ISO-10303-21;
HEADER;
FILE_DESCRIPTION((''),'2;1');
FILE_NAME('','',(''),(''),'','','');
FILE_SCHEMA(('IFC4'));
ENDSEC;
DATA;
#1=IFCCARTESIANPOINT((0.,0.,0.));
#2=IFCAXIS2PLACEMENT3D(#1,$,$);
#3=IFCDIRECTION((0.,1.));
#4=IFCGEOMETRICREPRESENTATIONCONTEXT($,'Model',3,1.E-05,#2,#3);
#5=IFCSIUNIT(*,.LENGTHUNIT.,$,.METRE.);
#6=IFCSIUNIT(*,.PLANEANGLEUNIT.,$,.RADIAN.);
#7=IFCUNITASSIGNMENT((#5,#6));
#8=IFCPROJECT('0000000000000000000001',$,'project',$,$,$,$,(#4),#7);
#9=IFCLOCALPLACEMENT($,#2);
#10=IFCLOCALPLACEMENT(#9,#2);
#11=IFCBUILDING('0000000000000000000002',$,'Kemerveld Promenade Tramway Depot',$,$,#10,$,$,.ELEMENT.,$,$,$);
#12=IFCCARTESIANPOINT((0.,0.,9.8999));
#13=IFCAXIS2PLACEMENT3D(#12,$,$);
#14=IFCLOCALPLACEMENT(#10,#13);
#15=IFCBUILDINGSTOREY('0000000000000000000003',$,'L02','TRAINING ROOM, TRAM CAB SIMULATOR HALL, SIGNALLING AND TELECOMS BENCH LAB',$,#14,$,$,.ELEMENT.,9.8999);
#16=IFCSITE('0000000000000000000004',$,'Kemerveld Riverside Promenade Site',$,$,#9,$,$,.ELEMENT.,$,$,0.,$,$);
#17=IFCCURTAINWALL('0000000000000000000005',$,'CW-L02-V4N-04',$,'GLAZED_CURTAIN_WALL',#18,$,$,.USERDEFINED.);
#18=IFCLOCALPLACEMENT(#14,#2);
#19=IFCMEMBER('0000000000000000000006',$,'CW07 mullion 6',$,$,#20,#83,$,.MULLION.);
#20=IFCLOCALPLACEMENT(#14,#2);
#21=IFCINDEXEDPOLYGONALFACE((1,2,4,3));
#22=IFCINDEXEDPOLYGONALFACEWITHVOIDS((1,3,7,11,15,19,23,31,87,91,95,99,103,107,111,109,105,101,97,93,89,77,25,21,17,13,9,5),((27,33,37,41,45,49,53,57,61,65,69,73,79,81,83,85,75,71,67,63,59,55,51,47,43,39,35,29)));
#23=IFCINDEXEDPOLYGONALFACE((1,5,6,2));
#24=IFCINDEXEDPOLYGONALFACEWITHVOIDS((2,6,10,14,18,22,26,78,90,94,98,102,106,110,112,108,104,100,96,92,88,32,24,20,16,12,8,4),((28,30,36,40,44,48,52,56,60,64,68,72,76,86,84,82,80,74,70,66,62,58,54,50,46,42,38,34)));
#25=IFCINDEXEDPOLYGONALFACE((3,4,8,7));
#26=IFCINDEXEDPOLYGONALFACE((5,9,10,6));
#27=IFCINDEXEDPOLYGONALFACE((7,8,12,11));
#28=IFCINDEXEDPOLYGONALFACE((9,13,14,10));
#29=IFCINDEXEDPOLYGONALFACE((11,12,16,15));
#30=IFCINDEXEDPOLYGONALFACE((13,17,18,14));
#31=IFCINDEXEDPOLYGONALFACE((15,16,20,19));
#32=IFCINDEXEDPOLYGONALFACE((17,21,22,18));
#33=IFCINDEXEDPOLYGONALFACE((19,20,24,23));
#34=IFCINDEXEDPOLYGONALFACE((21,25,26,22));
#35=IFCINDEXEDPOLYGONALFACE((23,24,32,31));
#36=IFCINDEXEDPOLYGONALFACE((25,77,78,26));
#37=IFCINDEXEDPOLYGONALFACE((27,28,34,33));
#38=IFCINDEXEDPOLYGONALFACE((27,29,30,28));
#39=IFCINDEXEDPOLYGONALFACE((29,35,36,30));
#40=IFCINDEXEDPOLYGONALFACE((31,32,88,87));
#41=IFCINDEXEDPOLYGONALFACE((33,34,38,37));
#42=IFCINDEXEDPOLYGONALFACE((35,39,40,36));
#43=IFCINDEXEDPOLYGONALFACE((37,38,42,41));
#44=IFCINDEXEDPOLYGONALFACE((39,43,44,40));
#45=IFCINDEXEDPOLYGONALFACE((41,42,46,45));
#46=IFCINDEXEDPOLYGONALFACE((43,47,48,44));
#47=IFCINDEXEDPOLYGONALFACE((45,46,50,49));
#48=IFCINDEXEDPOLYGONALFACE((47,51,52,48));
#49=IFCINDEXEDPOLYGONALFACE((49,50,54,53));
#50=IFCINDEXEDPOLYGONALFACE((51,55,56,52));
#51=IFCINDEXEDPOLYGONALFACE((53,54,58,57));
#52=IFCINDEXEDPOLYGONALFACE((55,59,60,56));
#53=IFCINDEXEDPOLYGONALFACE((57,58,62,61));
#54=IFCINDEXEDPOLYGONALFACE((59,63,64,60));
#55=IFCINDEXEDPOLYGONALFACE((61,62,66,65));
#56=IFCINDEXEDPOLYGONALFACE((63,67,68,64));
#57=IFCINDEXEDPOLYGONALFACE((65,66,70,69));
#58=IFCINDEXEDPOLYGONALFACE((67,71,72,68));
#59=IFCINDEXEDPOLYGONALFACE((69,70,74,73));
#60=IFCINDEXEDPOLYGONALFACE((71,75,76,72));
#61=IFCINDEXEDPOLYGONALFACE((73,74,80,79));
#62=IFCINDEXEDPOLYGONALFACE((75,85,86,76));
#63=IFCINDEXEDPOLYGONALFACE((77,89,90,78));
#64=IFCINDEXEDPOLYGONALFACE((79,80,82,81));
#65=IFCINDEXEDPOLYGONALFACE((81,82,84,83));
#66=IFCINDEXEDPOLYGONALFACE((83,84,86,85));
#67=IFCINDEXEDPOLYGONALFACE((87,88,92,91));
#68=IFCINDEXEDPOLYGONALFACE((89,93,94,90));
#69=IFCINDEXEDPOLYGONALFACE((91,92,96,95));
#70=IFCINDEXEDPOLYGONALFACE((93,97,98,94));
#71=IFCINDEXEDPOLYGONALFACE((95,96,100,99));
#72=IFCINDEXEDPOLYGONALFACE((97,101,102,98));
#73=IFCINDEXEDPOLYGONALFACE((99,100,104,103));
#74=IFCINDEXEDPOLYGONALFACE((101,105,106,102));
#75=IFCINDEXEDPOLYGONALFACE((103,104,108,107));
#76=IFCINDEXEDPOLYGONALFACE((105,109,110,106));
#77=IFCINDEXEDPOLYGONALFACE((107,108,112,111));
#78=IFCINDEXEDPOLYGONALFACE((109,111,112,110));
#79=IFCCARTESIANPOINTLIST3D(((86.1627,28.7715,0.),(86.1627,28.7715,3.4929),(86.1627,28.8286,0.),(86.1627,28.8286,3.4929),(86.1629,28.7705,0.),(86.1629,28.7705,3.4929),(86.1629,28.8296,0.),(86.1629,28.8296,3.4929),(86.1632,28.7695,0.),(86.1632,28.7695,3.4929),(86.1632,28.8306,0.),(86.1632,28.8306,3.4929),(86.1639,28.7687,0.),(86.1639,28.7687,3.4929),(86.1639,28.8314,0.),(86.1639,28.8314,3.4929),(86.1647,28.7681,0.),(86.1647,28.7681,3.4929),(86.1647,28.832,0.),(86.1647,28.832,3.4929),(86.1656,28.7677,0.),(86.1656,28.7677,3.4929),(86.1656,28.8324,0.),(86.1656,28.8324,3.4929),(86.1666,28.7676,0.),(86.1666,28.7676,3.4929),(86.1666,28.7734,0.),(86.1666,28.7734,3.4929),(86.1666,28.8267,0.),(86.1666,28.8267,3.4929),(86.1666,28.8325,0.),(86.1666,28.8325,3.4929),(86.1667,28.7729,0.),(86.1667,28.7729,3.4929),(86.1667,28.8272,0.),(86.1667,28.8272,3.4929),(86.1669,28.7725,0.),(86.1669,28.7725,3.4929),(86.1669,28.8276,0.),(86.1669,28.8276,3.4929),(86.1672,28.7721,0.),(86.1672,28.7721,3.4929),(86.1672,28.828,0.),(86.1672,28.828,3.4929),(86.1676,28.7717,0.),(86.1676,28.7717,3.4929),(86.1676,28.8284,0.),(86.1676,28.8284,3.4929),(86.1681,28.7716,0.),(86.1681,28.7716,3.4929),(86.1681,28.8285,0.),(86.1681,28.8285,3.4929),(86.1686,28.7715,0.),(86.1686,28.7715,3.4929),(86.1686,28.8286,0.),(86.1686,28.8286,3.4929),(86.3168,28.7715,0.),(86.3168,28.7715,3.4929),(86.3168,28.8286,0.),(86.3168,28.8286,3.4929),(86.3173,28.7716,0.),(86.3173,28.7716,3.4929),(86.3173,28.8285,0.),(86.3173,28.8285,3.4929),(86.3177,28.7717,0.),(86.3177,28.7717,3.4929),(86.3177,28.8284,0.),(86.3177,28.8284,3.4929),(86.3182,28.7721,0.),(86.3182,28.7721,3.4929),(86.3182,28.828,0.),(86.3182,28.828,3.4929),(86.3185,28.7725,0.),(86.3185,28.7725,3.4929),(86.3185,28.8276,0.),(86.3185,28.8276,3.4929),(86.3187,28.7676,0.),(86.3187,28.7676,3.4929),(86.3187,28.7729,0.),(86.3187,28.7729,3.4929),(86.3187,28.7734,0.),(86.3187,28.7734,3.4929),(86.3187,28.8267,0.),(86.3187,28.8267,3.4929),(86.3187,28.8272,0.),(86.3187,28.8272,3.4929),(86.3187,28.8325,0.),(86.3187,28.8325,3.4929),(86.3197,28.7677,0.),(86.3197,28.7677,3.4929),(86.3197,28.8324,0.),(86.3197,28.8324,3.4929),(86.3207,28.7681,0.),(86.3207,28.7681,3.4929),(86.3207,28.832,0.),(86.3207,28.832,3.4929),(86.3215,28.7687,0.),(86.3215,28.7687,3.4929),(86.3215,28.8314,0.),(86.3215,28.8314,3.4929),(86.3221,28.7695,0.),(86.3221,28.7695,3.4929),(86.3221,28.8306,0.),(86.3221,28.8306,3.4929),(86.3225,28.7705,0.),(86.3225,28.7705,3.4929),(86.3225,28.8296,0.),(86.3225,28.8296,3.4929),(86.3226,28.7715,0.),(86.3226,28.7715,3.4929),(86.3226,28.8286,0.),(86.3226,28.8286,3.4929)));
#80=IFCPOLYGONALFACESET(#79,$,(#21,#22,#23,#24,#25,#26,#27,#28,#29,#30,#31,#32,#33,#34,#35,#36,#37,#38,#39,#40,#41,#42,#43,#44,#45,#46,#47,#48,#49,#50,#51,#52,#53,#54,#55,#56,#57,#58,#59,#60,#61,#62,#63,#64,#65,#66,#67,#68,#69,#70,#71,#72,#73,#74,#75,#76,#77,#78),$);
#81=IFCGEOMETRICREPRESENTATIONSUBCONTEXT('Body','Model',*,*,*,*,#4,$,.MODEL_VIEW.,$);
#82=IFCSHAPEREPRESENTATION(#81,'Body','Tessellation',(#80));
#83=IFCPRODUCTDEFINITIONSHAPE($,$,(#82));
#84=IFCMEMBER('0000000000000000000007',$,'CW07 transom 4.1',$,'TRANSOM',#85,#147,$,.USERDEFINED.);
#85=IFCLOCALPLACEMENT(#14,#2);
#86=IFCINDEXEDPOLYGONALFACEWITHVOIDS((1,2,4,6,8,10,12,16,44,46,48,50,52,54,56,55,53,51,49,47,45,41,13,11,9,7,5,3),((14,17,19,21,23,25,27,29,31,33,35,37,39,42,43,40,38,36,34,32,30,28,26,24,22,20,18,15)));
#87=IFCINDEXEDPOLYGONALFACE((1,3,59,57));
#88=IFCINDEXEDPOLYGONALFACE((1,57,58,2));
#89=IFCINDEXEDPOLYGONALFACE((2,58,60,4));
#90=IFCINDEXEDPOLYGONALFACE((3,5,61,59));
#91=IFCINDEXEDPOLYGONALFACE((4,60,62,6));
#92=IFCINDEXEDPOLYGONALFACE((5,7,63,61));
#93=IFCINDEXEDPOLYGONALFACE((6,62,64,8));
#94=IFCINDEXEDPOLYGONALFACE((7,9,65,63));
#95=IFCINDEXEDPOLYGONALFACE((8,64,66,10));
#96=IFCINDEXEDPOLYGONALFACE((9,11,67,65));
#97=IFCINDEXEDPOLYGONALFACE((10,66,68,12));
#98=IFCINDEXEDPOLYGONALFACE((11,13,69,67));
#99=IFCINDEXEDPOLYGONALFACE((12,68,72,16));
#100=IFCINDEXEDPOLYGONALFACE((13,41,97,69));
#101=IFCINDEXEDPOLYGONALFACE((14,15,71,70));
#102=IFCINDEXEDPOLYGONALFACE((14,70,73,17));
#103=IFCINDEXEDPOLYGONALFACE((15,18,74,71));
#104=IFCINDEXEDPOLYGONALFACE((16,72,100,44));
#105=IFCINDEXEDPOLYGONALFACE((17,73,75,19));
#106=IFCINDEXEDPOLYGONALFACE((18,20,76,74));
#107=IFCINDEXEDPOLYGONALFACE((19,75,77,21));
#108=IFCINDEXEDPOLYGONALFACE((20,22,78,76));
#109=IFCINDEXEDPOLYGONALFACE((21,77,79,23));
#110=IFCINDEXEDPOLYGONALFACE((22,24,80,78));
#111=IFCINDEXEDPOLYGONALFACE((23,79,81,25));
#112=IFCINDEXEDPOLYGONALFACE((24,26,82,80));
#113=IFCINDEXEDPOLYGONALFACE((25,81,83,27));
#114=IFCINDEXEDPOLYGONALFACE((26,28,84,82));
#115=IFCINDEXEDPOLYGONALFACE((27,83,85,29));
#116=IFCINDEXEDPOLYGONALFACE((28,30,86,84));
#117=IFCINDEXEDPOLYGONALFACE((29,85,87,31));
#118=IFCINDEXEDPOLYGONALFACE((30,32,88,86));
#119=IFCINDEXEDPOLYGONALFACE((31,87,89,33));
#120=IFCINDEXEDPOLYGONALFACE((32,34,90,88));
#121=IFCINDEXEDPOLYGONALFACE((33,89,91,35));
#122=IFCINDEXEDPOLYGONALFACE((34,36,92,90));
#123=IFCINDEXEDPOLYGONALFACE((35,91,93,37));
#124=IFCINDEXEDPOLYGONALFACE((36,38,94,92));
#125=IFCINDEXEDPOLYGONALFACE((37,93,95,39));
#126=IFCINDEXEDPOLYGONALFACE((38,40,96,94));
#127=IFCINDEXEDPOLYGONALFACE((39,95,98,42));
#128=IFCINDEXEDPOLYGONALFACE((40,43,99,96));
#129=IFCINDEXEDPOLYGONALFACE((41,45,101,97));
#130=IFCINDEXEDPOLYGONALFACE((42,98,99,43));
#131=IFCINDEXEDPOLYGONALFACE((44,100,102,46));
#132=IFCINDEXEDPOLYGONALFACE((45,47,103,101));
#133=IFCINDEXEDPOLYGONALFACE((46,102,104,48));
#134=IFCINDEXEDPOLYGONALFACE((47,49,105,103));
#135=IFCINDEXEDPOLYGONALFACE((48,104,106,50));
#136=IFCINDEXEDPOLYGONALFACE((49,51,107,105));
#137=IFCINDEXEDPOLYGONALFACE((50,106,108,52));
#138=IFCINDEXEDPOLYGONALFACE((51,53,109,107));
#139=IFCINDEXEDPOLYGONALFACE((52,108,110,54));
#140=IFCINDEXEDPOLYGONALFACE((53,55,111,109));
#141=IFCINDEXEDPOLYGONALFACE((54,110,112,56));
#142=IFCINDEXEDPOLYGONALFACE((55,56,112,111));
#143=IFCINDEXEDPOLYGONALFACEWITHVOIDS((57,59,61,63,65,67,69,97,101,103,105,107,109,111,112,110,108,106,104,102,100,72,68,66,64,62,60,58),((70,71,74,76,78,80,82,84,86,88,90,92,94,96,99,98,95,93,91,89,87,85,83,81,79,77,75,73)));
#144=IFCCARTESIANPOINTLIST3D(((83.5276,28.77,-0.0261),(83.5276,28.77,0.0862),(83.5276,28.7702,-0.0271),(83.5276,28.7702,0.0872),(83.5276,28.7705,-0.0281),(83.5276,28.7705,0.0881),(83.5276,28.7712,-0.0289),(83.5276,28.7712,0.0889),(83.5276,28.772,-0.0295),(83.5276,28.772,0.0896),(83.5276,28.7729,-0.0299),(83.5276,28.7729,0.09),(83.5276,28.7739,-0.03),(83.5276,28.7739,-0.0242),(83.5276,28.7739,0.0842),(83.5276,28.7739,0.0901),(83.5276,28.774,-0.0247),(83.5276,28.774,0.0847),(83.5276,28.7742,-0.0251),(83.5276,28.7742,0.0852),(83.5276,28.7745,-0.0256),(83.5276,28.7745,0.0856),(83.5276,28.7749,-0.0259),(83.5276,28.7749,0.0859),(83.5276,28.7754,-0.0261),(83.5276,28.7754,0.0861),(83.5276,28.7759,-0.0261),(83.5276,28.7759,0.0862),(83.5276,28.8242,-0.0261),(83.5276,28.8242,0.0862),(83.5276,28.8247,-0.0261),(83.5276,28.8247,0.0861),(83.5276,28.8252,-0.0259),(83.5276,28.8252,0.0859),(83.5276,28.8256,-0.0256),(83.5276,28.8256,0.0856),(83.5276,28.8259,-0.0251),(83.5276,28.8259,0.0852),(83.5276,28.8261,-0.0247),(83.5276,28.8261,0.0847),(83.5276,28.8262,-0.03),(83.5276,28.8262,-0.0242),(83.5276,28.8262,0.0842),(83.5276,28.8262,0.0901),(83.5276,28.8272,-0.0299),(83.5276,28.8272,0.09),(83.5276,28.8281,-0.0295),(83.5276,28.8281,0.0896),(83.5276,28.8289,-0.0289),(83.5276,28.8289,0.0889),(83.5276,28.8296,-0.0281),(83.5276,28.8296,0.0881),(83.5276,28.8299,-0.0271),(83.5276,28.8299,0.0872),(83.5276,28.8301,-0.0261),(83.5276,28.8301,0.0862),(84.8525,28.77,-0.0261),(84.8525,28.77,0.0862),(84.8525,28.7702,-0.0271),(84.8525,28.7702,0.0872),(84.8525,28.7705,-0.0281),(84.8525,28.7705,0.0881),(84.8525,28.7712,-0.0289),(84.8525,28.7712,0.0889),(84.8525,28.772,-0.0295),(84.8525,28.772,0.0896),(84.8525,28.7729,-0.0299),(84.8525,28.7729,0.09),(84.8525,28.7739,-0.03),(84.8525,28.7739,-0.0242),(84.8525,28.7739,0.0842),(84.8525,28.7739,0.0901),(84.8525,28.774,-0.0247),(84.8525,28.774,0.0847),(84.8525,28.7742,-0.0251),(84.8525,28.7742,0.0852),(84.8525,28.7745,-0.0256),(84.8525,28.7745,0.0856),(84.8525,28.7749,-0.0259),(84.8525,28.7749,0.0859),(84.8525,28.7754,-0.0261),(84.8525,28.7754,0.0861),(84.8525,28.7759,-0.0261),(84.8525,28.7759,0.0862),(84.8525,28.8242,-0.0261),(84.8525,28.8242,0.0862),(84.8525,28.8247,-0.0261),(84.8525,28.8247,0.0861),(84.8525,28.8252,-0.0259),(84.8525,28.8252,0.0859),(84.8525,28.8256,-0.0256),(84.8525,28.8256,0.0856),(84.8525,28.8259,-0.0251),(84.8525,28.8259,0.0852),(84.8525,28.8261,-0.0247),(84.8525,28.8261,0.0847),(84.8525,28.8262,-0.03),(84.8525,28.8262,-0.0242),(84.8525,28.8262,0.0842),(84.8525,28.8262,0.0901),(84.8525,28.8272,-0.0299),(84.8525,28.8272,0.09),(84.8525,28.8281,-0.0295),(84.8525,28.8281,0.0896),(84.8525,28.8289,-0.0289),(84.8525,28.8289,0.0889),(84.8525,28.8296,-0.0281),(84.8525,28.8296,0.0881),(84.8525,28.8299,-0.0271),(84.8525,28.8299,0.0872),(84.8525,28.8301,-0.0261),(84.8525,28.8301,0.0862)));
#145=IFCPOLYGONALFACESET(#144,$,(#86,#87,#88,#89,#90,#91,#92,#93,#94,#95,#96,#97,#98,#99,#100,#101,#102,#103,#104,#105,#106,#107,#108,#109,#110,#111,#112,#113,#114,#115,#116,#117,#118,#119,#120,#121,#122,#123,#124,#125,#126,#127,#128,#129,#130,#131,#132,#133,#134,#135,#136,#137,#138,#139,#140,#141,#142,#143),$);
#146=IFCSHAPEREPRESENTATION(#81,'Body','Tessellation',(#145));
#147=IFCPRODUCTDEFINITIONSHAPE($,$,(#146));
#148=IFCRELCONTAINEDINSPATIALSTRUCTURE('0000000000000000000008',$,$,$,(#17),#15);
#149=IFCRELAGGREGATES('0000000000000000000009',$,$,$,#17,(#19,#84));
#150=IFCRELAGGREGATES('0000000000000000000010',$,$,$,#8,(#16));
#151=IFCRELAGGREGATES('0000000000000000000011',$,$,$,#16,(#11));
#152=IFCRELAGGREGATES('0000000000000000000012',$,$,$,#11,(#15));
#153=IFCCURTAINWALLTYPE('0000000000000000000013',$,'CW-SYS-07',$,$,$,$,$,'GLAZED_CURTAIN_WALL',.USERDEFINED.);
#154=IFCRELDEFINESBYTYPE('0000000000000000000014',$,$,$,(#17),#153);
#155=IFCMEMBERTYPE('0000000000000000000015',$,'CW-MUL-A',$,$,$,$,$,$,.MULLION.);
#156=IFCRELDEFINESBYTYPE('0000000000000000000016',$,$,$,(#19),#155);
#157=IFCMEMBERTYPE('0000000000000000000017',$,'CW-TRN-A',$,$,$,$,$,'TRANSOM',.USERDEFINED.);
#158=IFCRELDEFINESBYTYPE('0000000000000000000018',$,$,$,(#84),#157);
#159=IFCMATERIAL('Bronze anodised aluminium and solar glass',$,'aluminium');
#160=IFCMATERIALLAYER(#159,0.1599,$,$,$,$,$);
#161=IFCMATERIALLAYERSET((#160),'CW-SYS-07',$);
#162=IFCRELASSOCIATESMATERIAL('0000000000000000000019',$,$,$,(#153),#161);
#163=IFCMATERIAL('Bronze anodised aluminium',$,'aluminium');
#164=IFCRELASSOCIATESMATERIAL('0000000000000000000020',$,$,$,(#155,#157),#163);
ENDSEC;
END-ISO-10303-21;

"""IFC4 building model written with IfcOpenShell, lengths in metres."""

from ifc_helpers import new_model, si_unit, direction, frame, origin, origin_2d, place, context, subcontext, project, spatial, hollow_rectangle, extrude, material, layer, layer_set, material_profile, profile_set, type_object, element, aggregate, save


model = new_model("IFC4")

# Units and contexts
model_context = context("Model", 3, precision=1e-05, world=origin(), true_north=direction((0.0, 1.0)))
body_context = subcontext(model_context, "Body", "Model", "MODEL_VIEW")
ifc_project = project(units=[si_unit("LENGTHUNIT", "METRE"), si_unit("PLANEANGLEUNIT", "RADIAN")], contexts=[model_context])

# Site, building, storey
site_placement = place(None, origin())
site = spatial("IfcSite", under=ifc_project, at=site_placement, Name="Kemerveld Riverside Promenade Site", CompositionType="ELEMENT", RefElevation=0.0)
building_placement = place(site_placement, origin())
building = spatial("IfcBuilding", under=site, at=building_placement, Name="Kemerveld Promenade Tramway Depot", CompositionType="ELEMENT")
storey_placement = place(building_placement, frame((0.0, 0.0, 9.8999)))
storey = spatial("IfcBuildingStorey", under=building, at=storey_placement, Name="L02", Description="TRAINING ROOM, TRAM CAB SIMULATOR HALL, SIGNALLING AND TELECOMS BENCH LAB", CompositionType="ELEMENT", Elevation=9.8999)

# Curtain wall, members
ifc_material_1 = material(Name="Bronze anodised aluminium and solar glass", Category="aluminium")
ifc_layer_1 = layer(ifc_material_1, 0.1599)
ifc_layer_set_1 = layer_set([ifc_layer_1], Name="CW-SYS-07")
curtain_wall_type = type_object("IfcCurtainWallType", Name="CW-SYS-07", ElementType="GLAZED_CURTAIN_WALL", PredefinedType="USERDEFINED", material=ifc_layer_set_1)
curtain_wall_placement = place(storey_placement, origin())
curtain_wall = element("IfcCurtainWall", 1, at=curtain_wall_placement, inside=storey, type_object=curtain_wall_type, Name="CW-L02-V4N-04", ObjectType="GLAZED_CURTAIN_WALL", PredefinedType="USERDEFINED")
ifc_material_2 = material(Name="Bronze anodised aluminium", Category="aluminium")
ifc_material_profile_1 = material_profile(ifc_material_2, hollow_rectangle(XDim=0.0649, YDim=0.1599, WallThickness=0.0039, InnerFilletRadius=0.002, OuterFilletRadius=0.0039, at=origin_2d()), Name="CW-MUL-160x65")
ifc_profile_set_1 = profile_set([ifc_material_profile_1], Name="Bronze anodised aluminium")
member_type_1 = type_object("IfcMemberType", Name="CW-MUL-A", PredefinedType="MULLION", material=ifc_profile_set_1)
member_1_placement = place(storey_placement, frame((86.2427, 28.8, 0.0), z_axis=(0.0, 0.0, 1.0), x_axis=(0.0, 1.0, 0.0)))
member_1 = element("IfcMember", 2, at=member_1_placement, type_object=member_type_1, Name="CW07 mullion 6", PredefinedType="MULLION", context=body_context, shape_type="SweptSolid", body=[
    extrude(hollow_rectangle(XDim=0.0649, YDim=0.1599, WallThickness=0.0039, InnerFilletRadius=0.002, OuterFilletRadius=0.0039, at=origin_2d()), origin(), (0.0, 0.0, 1.0), 3.4929),
])
ifc_material_profile_2 = material_profile(ifc_material_2, hollow_rectangle(XDim=0.0601, YDim=0.1201, WallThickness=0.0039, InnerFilletRadius=0.002, OuterFilletRadius=0.0039, at=origin_2d()), Name="CW-TRN-120x60")
ifc_profile_set_2 = profile_set([ifc_material_profile_2], Name="Bronze anodised aluminium")
member_type_2 = type_object("IfcMemberType", Name="CW-TRN-A", ElementType="TRANSOM", PredefinedType="USERDEFINED", material=ifc_profile_set_2)
member_2_placement = place(storey_placement, frame((83.5276, 28.8, 0.03), z_axis=(1.0, 0.0, 0.0), x_axis=(0.0, 1.0, 0.0)))
member_2 = element("IfcMember", 3, at=member_2_placement, type_object=member_type_2, Name="CW07 transom 4.1", ObjectType="TRANSOM", PredefinedType="USERDEFINED", context=body_context, shape_type="SweptSolid", body=[
    extrude(hollow_rectangle(XDim=0.0601, YDim=0.1201, WallThickness=0.0039, InnerFilletRadius=0.002, OuterFilletRadius=0.0039, at=origin_2d()), origin(), (0.0, 0.0, 1.0), 1.325),
])

aggregate(curtain_wall, [member_1, member_2])

save(model, "model.ifc")
